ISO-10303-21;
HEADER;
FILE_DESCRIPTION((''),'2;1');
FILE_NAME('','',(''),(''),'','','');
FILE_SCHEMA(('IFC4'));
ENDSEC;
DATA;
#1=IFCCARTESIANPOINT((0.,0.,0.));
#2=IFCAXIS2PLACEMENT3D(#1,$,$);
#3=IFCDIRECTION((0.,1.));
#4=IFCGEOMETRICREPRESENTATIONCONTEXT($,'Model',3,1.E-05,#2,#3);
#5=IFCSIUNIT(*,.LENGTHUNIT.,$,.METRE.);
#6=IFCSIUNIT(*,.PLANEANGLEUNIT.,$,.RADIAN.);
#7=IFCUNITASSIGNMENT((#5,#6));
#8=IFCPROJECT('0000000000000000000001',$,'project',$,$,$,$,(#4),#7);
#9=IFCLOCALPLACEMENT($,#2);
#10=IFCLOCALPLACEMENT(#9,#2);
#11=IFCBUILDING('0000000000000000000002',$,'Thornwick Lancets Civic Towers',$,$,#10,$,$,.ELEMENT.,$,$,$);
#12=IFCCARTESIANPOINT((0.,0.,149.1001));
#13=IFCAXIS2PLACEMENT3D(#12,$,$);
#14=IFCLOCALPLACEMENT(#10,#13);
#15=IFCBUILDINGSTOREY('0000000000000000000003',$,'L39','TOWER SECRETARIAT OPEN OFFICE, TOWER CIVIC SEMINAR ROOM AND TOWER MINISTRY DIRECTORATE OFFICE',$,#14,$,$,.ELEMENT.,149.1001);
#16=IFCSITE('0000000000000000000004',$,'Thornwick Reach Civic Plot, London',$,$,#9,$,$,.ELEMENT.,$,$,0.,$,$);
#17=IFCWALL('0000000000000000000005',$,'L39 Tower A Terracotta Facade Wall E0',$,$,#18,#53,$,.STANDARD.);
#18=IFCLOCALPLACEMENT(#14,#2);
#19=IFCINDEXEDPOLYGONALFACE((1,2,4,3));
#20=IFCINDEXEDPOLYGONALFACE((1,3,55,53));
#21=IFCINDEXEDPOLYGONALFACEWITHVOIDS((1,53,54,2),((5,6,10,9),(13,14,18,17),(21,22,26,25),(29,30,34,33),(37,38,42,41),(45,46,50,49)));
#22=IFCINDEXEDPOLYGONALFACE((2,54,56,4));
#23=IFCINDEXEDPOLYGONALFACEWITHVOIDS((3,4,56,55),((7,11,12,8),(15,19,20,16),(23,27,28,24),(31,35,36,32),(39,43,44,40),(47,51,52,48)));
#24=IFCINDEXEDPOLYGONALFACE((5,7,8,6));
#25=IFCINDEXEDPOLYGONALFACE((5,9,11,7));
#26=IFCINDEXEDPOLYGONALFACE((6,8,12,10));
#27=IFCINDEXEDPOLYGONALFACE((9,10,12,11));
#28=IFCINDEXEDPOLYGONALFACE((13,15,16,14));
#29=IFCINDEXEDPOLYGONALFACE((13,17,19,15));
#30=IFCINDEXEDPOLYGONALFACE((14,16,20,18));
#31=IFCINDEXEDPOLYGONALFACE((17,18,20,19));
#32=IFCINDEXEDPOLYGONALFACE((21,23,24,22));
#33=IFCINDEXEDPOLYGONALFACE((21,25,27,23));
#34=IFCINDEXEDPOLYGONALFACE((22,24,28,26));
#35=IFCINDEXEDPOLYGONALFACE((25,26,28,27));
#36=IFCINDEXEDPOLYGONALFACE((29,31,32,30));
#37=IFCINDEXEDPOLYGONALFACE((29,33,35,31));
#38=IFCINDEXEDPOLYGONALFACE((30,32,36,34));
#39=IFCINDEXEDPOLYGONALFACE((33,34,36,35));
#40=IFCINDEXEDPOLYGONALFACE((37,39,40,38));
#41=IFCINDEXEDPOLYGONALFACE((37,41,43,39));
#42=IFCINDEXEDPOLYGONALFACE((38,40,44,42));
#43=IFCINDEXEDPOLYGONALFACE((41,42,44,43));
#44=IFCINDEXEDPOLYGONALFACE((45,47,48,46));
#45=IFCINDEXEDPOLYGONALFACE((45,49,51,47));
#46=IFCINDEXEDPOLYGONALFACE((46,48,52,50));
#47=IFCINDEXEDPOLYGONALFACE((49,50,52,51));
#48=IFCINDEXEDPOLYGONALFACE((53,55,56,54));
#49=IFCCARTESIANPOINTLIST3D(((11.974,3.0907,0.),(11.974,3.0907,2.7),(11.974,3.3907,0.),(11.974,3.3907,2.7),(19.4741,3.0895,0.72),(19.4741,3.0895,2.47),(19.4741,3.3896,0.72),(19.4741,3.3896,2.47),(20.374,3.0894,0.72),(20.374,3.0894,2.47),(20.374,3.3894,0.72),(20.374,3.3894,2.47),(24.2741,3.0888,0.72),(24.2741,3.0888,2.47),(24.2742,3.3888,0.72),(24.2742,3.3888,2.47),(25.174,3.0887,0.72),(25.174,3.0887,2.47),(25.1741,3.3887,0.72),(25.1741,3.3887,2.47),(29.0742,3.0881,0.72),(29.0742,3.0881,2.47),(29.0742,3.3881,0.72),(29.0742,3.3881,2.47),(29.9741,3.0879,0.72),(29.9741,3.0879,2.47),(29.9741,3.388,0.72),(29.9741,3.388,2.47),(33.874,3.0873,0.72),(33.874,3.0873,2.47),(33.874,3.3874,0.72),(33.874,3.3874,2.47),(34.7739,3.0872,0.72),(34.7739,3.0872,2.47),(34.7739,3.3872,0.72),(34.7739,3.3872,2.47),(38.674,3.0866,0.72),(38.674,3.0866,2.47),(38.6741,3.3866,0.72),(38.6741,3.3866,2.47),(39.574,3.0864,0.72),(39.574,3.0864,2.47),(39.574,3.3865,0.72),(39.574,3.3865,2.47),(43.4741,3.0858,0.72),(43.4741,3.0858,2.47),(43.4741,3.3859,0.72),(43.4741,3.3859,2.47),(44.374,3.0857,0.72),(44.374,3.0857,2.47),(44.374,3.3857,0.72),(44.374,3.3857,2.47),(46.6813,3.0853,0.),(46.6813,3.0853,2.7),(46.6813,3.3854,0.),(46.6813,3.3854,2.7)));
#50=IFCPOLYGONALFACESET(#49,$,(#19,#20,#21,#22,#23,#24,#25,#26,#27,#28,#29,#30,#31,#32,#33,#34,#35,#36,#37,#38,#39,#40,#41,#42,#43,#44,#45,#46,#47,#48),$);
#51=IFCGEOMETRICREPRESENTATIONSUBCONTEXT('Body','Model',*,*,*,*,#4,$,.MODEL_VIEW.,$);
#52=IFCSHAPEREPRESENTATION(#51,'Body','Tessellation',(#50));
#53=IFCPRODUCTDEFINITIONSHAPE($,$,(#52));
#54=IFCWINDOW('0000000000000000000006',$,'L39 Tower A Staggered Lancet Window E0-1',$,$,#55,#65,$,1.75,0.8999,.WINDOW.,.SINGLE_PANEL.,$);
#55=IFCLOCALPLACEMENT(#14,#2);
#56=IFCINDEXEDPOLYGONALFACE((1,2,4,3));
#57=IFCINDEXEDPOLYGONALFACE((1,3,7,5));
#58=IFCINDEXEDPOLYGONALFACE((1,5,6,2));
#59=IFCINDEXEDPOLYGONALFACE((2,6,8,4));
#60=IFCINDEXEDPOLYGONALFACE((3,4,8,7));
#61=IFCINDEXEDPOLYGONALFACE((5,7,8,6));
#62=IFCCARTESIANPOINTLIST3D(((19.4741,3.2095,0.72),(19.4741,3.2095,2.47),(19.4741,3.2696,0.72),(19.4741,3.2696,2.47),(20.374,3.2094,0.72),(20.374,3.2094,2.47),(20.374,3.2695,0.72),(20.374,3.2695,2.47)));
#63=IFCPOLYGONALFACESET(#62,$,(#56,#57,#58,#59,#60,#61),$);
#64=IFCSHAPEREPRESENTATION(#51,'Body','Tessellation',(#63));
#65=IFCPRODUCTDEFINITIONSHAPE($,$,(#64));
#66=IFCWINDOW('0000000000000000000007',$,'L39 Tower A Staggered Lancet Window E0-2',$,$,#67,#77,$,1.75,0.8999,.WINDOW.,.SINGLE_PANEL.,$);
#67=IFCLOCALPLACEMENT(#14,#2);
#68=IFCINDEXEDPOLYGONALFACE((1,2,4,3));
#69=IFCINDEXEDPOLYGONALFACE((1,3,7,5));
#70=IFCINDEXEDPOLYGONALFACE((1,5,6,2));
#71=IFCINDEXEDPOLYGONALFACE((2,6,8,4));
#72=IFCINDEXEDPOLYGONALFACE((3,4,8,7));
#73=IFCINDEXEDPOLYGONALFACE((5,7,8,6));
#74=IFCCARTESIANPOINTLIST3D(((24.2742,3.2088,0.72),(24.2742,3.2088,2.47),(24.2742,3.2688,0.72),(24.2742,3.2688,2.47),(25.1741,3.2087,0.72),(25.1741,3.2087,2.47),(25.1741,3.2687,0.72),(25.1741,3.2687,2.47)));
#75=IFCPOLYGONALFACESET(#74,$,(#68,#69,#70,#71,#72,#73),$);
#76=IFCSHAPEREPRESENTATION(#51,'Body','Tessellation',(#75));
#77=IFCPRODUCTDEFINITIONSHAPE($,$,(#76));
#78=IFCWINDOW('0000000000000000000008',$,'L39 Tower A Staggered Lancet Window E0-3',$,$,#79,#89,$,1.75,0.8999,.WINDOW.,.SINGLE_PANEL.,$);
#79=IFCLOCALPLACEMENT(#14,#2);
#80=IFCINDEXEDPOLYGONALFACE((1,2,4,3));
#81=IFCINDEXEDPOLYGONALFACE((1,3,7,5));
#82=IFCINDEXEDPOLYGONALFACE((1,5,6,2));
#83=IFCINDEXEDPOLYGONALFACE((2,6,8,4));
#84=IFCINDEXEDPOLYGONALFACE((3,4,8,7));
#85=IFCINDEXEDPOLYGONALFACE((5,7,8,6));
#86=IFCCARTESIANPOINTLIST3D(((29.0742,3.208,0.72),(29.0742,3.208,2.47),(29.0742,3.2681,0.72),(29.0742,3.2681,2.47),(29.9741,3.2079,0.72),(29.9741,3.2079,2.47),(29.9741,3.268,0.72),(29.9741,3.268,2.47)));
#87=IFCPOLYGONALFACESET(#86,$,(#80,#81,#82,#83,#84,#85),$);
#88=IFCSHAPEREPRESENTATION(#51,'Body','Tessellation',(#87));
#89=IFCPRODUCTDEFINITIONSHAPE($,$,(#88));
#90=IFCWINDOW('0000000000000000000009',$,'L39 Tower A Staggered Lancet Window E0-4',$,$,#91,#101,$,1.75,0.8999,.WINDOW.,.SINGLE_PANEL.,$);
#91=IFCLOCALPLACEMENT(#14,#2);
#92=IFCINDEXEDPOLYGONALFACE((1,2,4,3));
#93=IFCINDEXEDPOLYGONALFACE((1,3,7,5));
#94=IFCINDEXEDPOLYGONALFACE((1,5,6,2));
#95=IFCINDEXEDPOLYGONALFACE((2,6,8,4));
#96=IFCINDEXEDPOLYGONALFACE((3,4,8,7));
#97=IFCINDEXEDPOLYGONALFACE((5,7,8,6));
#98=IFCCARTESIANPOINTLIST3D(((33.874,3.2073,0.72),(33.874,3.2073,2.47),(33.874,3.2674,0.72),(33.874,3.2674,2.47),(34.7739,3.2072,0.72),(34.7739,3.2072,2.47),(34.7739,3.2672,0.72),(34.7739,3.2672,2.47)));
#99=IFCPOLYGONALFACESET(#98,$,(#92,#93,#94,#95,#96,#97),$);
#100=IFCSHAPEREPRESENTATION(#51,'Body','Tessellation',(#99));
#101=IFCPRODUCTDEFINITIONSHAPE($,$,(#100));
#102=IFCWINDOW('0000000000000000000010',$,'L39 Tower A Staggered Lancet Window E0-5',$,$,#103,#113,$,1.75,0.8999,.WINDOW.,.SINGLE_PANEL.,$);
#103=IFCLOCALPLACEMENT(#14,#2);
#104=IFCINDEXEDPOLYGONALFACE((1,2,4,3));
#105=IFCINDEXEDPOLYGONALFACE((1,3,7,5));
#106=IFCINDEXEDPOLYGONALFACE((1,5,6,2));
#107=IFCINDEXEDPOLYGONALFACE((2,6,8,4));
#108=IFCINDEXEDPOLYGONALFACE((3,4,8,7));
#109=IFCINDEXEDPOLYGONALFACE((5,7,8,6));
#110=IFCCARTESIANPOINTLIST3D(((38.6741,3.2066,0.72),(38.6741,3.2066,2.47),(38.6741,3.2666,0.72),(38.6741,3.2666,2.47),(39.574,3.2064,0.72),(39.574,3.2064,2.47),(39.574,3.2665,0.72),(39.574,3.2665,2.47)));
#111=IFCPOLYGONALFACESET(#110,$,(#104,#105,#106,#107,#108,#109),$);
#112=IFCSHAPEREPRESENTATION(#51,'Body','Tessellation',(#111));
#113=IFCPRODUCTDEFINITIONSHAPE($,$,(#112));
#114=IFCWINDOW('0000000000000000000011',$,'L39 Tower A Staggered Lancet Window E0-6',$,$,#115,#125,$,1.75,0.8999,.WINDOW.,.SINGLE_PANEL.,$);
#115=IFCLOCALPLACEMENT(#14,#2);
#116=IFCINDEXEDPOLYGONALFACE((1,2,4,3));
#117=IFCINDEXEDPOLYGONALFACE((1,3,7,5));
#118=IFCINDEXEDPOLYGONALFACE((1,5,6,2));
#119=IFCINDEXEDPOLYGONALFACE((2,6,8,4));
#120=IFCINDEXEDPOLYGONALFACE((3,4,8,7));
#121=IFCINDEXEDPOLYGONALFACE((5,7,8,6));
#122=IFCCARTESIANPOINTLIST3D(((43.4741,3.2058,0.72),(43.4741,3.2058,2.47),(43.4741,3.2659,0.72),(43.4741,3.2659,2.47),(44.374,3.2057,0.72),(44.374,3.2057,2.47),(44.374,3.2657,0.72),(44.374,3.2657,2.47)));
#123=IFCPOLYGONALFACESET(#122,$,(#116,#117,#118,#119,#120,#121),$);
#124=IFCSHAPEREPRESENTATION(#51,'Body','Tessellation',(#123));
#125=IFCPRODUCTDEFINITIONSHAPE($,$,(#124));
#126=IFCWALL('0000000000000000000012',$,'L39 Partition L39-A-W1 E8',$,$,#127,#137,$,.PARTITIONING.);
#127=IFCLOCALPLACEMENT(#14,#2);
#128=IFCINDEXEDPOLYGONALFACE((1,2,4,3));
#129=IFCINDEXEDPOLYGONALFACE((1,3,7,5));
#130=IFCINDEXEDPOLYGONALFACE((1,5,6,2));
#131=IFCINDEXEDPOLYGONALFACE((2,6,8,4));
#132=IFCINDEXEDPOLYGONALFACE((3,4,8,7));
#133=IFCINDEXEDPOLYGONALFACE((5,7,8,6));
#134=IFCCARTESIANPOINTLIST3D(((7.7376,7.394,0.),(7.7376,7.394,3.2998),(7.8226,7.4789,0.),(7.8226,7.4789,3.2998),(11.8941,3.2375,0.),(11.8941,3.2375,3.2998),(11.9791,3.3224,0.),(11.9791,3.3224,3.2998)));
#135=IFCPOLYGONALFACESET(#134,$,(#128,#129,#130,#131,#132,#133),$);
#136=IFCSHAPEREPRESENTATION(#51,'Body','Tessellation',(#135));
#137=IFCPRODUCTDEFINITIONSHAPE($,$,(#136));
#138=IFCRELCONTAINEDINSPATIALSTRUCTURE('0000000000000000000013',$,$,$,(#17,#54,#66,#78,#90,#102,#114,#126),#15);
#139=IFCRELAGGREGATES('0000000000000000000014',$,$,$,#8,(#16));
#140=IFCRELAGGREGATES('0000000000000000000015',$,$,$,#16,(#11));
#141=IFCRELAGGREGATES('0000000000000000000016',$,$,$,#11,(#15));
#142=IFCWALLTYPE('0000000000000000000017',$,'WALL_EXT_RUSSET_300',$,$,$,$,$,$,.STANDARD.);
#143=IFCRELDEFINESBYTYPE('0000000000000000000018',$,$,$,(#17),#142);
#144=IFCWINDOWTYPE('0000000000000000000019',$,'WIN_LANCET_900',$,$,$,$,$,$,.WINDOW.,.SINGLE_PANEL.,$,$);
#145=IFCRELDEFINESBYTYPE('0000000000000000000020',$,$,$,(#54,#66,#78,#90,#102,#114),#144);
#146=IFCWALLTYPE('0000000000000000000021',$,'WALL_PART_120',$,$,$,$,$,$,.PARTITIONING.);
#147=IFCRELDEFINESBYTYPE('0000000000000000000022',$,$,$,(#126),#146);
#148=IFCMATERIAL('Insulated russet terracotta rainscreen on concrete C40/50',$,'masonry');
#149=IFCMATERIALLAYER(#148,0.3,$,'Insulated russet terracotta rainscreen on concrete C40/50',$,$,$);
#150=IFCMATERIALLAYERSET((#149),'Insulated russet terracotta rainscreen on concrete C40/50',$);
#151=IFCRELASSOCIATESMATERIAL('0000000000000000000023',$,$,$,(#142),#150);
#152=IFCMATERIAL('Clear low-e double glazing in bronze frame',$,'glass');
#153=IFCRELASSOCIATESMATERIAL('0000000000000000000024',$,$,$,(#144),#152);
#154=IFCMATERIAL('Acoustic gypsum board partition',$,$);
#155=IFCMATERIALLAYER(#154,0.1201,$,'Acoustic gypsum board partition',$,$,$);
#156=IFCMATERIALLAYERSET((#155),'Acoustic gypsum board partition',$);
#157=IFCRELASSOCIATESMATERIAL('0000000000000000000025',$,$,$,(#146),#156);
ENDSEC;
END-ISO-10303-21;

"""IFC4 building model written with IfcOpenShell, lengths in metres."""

from ifc_helpers import new_model, si_unit, direction, frame, frame_2d, origin, place, context, subcontext, project, spatial, rectangle, extrude, material, layer, layer_set, type_object, element, fill, save


model = new_model("IFC4")

# Units and contexts
model_context = context("Model", 3, precision=1e-05, world=origin(), true_north=direction((0.0, 1.0)))
body_context = subcontext(model_context, "Body", "Model", "MODEL_VIEW")
ifc_project = project(units=[si_unit("LENGTHUNIT", "METRE"), si_unit("PLANEANGLEUNIT", "RADIAN")], contexts=[model_context])

# Site, building, storey
site_placement = place(None, origin())
site = spatial("IfcSite", under=ifc_project, at=site_placement, Name="Thornwick Reach Civic Plot, London", CompositionType="ELEMENT", RefElevation=0.0)
building_placement = place(site_placement, origin())
building = spatial("IfcBuilding", under=site, at=building_placement, Name="Thornwick Lancets Civic Towers", CompositionType="ELEMENT")
storey_placement = place(building_placement, frame((0.0, 0.0, 149.1001)))
storey = spatial("IfcBuildingStorey", under=building, at=storey_placement, Name="L39", Description="TOWER SECRETARIAT OPEN OFFICE, TOWER CIVIC SEMINAR ROOM AND TOWER MINISTRY DIRECTORATE OFFICE", CompositionType="ELEMENT", Elevation=149.1001)

# Wall, openings, windows
ifc_material_1 = material(Name="Insulated russet terracotta rainscreen on concrete C40/50", Category="masonry")
ifc_layer_1 = layer(ifc_material_1, 0.3, Name="Insulated russet terracotta rainscreen on concrete C40/50")
ifc_layer_set_1 = layer_set([ifc_layer_1], Name="Insulated russet terracotta rainscreen on concrete C40/50")
wall_type_1 = type_object("IfcWallType", Name="WALL_EXT_RUSSET_300", PredefinedType="STANDARD", material=ifc_layer_set_1)
wall_1_placement = place(storey_placement, frame((11.9741, 3.2407, 0.0), z_axis=(0.0, 0.0, 1.0), x_axis=(1.0, -0.000155, 0.0)))
wall_1 = element("IfcWall", 1, at=wall_1_placement, inside=storey, type_object=wall_type_1, Name="L39 Tower A Terracotta Facade Wall E0", PredefinedType="STANDARD", context=body_context, shape_type="SweptSolid", body=[
    extrude(rectangle(XDim=34.7073, YDim=0.3, at=frame_2d((17.3535, 0.0))), origin(), (0.0, 0.0, 1.0), 2.7),
])
opening_1_placement = place(wall_1_placement, frame((7.5, 0.0, 0.72)))
opening_1 = element("IfcOpeningElement", 2, at=opening_1_placement, cuts=wall_1, PredefinedType="OPENING", context=body_context, shape_type="SweptSolid", body=[
    extrude(rectangle(XDim=0.8999, YDim=1.75, at=frame_2d((0.45, 0.875))), frame((0.0, 0.1602, 0.0), z_axis=(0.0, -1.0, 0.0), x_axis=(1.0, 0.0, 0.0)), (0.0, 0.0, 1.0), 0.3201),
])
opening_2_placement = place(wall_1_placement, frame((12.3, 0.0, 0.72)))
opening_2 = element("IfcOpeningElement", 3, at=opening_2_placement, cuts=wall_1, PredefinedType="OPENING", context=body_context, shape_type="SweptSolid", body=[
    extrude(rectangle(XDim=0.8999, YDim=1.75, at=frame_2d((0.45, 0.875))), frame((0.0, 0.1602, 0.0), z_axis=(0.0, -1.0, 0.0), x_axis=(1.0, 0.0, 0.0)), (0.0, 0.0, 1.0), 0.3201),
])
opening_3_placement = place(wall_1_placement, frame((17.1001, 0.0, 0.72)))
opening_3 = element("IfcOpeningElement", 4, at=opening_3_placement, cuts=wall_1, PredefinedType="OPENING", context=body_context, shape_type="SweptSolid", body=[
    extrude(rectangle(XDim=0.8999, YDim=1.75, at=frame_2d((0.45, 0.875))), frame((0.0, 0.1602, 0.0), z_axis=(0.0, -1.0, 0.0), x_axis=(1.0, 0.0, 0.0)), (0.0, 0.0, 1.0), 0.3201),
])
opening_4_placement = place(wall_1_placement, frame((21.8999, 0.0, 0.72)))
opening_4 = element("IfcOpeningElement", 5, at=opening_4_placement, cuts=wall_1, PredefinedType="OPENING", context=body_context, shape_type="SweptSolid", body=[
    extrude(rectangle(XDim=0.8999, YDim=1.75, at=frame_2d((0.45, 0.875))), frame((0.0, 0.1602, 0.0), z_axis=(0.0, -1.0, 0.0), x_axis=(1.0, 0.0, 0.0)), (0.0, 0.0, 1.0), 0.3201),
])
opening_5_placement = place(wall_1_placement, frame((26.7, 0.0, 0.72)))
opening_5 = element("IfcOpeningElement", 6, at=opening_5_placement, cuts=wall_1, PredefinedType="OPENING", context=body_context, shape_type="SweptSolid", body=[
    extrude(rectangle(XDim=0.8999, YDim=1.75, at=frame_2d((0.45, 0.875))), frame((0.0, 0.1602, 0.0), z_axis=(0.0, -1.0, 0.0), x_axis=(1.0, 0.0, 0.0)), (0.0, 0.0, 1.0), 0.3201),
])
opening_6_placement = place(wall_1_placement, frame((31.5, 0.0, 0.72)))
opening_6 = element("IfcOpeningElement", 7, at=opening_6_placement, cuts=wall_1, PredefinedType="OPENING", context=body_context, shape_type="SweptSolid", body=[
    extrude(rectangle(XDim=0.8999, YDim=1.75, at=frame_2d((0.45, 0.875))), frame((0.0, 0.1602, 0.0), z_axis=(0.0, -1.0, 0.0), x_axis=(1.0, 0.0, 0.0)), (0.0, 0.0, 1.0), 0.3201),
])
ifc_material_2 = material(Name="Clear low-e double glazing in bronze frame", Category="glass")
window_type = type_object("IfcWindowType", Name="WIN_LANCET_900", PartitioningType="SINGLE_PANEL", PredefinedType="WINDOW", material=ifc_material_2)
window_1_placement = place(opening_1_placement, origin())
window_1 = element("IfcWindow", 8, at=window_1_placement, inside=storey, type_object=window_type, Name="L39 Tower A Staggered Lancet Window E0-1", OverallHeight=1.75, OverallWidth=0.8999, PartitioningType="SINGLE_PANEL", PredefinedType="WINDOW", context=body_context, shape_type="SweptSolid", body=[
    extrude(rectangle(XDim=0.8999, YDim=1.75, at=frame_2d((0.45, 0.875))), frame((0.0, 0.03, 0.0), z_axis=(0.0, -1.0, 0.0), x_axis=(1.0, 0.0, 0.0)), (0.0, 0.0, 1.0), 0.0601),
])
fill(opening_1, window_1)
window_2_placement = place(opening_2_placement, origin())
window_2 = element("IfcWindow", 9, at=window_2_placement, inside=storey, type_object=window_type, Name="L39 Tower A Staggered Lancet Window E0-2", OverallHeight=1.75, OverallWidth=0.8999, PartitioningType="SINGLE_PANEL", PredefinedType="WINDOW", context=body_context, shape_type="SweptSolid", body=[
    extrude(rectangle(XDim=0.8999, YDim=1.75, at=frame_2d((0.45, 0.875))), frame((0.0, 0.03, 0.0), z_axis=(0.0, -1.0, 0.0), x_axis=(1.0, 0.0, 0.0)), (0.0, 0.0, 1.0), 0.0601),
])
fill(opening_2, window_2)
window_3_placement = place(opening_3_placement, origin())
window_3 = element("IfcWindow", 10, at=window_3_placement, inside=storey, type_object=window_type, Name="L39 Tower A Staggered Lancet Window E0-3", OverallHeight=1.75, OverallWidth=0.8999, PartitioningType="SINGLE_PANEL", PredefinedType="WINDOW", context=body_context, shape_type="SweptSolid", body=[
    extrude(rectangle(XDim=0.8999, YDim=1.75, at=frame_2d((0.45, 0.875))), frame((0.0, 0.03, 0.0), z_axis=(0.0, -1.0, 0.0), x_axis=(1.0, 0.0, 0.0)), (0.0, 0.0, 1.0), 0.0601),
])
fill(opening_3, window_3)
window_4_placement = place(opening_4_placement, origin())
window_4 = element("IfcWindow", 11, at=window_4_placement, inside=storey, type_object=window_type, Name="L39 Tower A Staggered Lancet Window E0-4", OverallHeight=1.75, OverallWidth=0.8999, PartitioningType="SINGLE_PANEL", PredefinedType="WINDOW", context=body_context, shape_type="SweptSolid", body=[
    extrude(rectangle(XDim=0.8999, YDim=1.75, at=frame_2d((0.45, 0.875))), frame((0.0, 0.03, 0.0), z_axis=(0.0, -1.0, 0.0), x_axis=(1.0, 0.0, 0.0)), (0.0, 0.0, 1.0), 0.0601),
])
fill(opening_4, window_4)
window_5_placement = place(opening_5_placement, origin())
window_5 = element("IfcWindow", 12, at=window_5_placement, inside=storey, type_object=window_type, Name="L39 Tower A Staggered Lancet Window E0-5", OverallHeight=1.75, OverallWidth=0.8999, PartitioningType="SINGLE_PANEL", PredefinedType="WINDOW", context=body_context, shape_type="SweptSolid", body=[
    extrude(rectangle(XDim=0.8999, YDim=1.75, at=frame_2d((0.45, 0.875))), frame((0.0, 0.03, 0.0), z_axis=(0.0, -1.0, 0.0), x_axis=(1.0, 0.0, 0.0)), (0.0, 0.0, 1.0), 0.0601),
])
fill(opening_5, window_5)
window_6_placement = place(opening_6_placement, origin())
window_6 = element("IfcWindow", 13, at=window_6_placement, inside=storey, type_object=window_type, Name="L39 Tower A Staggered Lancet Window E0-6", OverallHeight=1.75, OverallWidth=0.8999, PartitioningType="SINGLE_PANEL", PredefinedType="WINDOW", context=body_context, shape_type="SweptSolid", body=[
    extrude(rectangle(XDim=0.8999, YDim=1.75, at=frame_2d((0.45, 0.875))), frame((0.0, 0.03, 0.0), z_axis=(0.0, -1.0, 0.0), x_axis=(1.0, 0.0, 0.0)), (0.0, 0.0, 1.0), 0.0601),
])
fill(opening_6, window_6)

# Wall
ifc_material_3 = material(Name="Acoustic gypsum board partition")
ifc_layer_2 = layer(ifc_material_3, 0.1201, Name="Acoustic gypsum board partition")
ifc_layer_set_2 = layer_set([ifc_layer_2], Name="Acoustic gypsum board partition")
wall_type_2 = type_object("IfcWallType", Name="WALL_PART_120", PredefinedType="PARTITIONING", material=ifc_layer_set_2)
wall_2_placement = place(storey_placement, frame((11.9365, 3.28, 0.0), z_axis=(0.0, 0.0, 1.0), x_axis=(-0.707107, 0.707107, 0.0)))
element("IfcWall", 14, at=wall_2_placement, inside=storey, type_object=wall_type_2, Name="L39 Partition L39-A-W1 E8", PredefinedType="PARTITIONING", context=body_context, shape_type="SweptSolid", body=[
    extrude(rectangle(XDim=5.8782, YDim=0.1201, at=frame_2d((2.939, 0.0))), origin(), (0.0, 0.0, 1.0), 3.2998),
])

save(model, "model.ifc")
